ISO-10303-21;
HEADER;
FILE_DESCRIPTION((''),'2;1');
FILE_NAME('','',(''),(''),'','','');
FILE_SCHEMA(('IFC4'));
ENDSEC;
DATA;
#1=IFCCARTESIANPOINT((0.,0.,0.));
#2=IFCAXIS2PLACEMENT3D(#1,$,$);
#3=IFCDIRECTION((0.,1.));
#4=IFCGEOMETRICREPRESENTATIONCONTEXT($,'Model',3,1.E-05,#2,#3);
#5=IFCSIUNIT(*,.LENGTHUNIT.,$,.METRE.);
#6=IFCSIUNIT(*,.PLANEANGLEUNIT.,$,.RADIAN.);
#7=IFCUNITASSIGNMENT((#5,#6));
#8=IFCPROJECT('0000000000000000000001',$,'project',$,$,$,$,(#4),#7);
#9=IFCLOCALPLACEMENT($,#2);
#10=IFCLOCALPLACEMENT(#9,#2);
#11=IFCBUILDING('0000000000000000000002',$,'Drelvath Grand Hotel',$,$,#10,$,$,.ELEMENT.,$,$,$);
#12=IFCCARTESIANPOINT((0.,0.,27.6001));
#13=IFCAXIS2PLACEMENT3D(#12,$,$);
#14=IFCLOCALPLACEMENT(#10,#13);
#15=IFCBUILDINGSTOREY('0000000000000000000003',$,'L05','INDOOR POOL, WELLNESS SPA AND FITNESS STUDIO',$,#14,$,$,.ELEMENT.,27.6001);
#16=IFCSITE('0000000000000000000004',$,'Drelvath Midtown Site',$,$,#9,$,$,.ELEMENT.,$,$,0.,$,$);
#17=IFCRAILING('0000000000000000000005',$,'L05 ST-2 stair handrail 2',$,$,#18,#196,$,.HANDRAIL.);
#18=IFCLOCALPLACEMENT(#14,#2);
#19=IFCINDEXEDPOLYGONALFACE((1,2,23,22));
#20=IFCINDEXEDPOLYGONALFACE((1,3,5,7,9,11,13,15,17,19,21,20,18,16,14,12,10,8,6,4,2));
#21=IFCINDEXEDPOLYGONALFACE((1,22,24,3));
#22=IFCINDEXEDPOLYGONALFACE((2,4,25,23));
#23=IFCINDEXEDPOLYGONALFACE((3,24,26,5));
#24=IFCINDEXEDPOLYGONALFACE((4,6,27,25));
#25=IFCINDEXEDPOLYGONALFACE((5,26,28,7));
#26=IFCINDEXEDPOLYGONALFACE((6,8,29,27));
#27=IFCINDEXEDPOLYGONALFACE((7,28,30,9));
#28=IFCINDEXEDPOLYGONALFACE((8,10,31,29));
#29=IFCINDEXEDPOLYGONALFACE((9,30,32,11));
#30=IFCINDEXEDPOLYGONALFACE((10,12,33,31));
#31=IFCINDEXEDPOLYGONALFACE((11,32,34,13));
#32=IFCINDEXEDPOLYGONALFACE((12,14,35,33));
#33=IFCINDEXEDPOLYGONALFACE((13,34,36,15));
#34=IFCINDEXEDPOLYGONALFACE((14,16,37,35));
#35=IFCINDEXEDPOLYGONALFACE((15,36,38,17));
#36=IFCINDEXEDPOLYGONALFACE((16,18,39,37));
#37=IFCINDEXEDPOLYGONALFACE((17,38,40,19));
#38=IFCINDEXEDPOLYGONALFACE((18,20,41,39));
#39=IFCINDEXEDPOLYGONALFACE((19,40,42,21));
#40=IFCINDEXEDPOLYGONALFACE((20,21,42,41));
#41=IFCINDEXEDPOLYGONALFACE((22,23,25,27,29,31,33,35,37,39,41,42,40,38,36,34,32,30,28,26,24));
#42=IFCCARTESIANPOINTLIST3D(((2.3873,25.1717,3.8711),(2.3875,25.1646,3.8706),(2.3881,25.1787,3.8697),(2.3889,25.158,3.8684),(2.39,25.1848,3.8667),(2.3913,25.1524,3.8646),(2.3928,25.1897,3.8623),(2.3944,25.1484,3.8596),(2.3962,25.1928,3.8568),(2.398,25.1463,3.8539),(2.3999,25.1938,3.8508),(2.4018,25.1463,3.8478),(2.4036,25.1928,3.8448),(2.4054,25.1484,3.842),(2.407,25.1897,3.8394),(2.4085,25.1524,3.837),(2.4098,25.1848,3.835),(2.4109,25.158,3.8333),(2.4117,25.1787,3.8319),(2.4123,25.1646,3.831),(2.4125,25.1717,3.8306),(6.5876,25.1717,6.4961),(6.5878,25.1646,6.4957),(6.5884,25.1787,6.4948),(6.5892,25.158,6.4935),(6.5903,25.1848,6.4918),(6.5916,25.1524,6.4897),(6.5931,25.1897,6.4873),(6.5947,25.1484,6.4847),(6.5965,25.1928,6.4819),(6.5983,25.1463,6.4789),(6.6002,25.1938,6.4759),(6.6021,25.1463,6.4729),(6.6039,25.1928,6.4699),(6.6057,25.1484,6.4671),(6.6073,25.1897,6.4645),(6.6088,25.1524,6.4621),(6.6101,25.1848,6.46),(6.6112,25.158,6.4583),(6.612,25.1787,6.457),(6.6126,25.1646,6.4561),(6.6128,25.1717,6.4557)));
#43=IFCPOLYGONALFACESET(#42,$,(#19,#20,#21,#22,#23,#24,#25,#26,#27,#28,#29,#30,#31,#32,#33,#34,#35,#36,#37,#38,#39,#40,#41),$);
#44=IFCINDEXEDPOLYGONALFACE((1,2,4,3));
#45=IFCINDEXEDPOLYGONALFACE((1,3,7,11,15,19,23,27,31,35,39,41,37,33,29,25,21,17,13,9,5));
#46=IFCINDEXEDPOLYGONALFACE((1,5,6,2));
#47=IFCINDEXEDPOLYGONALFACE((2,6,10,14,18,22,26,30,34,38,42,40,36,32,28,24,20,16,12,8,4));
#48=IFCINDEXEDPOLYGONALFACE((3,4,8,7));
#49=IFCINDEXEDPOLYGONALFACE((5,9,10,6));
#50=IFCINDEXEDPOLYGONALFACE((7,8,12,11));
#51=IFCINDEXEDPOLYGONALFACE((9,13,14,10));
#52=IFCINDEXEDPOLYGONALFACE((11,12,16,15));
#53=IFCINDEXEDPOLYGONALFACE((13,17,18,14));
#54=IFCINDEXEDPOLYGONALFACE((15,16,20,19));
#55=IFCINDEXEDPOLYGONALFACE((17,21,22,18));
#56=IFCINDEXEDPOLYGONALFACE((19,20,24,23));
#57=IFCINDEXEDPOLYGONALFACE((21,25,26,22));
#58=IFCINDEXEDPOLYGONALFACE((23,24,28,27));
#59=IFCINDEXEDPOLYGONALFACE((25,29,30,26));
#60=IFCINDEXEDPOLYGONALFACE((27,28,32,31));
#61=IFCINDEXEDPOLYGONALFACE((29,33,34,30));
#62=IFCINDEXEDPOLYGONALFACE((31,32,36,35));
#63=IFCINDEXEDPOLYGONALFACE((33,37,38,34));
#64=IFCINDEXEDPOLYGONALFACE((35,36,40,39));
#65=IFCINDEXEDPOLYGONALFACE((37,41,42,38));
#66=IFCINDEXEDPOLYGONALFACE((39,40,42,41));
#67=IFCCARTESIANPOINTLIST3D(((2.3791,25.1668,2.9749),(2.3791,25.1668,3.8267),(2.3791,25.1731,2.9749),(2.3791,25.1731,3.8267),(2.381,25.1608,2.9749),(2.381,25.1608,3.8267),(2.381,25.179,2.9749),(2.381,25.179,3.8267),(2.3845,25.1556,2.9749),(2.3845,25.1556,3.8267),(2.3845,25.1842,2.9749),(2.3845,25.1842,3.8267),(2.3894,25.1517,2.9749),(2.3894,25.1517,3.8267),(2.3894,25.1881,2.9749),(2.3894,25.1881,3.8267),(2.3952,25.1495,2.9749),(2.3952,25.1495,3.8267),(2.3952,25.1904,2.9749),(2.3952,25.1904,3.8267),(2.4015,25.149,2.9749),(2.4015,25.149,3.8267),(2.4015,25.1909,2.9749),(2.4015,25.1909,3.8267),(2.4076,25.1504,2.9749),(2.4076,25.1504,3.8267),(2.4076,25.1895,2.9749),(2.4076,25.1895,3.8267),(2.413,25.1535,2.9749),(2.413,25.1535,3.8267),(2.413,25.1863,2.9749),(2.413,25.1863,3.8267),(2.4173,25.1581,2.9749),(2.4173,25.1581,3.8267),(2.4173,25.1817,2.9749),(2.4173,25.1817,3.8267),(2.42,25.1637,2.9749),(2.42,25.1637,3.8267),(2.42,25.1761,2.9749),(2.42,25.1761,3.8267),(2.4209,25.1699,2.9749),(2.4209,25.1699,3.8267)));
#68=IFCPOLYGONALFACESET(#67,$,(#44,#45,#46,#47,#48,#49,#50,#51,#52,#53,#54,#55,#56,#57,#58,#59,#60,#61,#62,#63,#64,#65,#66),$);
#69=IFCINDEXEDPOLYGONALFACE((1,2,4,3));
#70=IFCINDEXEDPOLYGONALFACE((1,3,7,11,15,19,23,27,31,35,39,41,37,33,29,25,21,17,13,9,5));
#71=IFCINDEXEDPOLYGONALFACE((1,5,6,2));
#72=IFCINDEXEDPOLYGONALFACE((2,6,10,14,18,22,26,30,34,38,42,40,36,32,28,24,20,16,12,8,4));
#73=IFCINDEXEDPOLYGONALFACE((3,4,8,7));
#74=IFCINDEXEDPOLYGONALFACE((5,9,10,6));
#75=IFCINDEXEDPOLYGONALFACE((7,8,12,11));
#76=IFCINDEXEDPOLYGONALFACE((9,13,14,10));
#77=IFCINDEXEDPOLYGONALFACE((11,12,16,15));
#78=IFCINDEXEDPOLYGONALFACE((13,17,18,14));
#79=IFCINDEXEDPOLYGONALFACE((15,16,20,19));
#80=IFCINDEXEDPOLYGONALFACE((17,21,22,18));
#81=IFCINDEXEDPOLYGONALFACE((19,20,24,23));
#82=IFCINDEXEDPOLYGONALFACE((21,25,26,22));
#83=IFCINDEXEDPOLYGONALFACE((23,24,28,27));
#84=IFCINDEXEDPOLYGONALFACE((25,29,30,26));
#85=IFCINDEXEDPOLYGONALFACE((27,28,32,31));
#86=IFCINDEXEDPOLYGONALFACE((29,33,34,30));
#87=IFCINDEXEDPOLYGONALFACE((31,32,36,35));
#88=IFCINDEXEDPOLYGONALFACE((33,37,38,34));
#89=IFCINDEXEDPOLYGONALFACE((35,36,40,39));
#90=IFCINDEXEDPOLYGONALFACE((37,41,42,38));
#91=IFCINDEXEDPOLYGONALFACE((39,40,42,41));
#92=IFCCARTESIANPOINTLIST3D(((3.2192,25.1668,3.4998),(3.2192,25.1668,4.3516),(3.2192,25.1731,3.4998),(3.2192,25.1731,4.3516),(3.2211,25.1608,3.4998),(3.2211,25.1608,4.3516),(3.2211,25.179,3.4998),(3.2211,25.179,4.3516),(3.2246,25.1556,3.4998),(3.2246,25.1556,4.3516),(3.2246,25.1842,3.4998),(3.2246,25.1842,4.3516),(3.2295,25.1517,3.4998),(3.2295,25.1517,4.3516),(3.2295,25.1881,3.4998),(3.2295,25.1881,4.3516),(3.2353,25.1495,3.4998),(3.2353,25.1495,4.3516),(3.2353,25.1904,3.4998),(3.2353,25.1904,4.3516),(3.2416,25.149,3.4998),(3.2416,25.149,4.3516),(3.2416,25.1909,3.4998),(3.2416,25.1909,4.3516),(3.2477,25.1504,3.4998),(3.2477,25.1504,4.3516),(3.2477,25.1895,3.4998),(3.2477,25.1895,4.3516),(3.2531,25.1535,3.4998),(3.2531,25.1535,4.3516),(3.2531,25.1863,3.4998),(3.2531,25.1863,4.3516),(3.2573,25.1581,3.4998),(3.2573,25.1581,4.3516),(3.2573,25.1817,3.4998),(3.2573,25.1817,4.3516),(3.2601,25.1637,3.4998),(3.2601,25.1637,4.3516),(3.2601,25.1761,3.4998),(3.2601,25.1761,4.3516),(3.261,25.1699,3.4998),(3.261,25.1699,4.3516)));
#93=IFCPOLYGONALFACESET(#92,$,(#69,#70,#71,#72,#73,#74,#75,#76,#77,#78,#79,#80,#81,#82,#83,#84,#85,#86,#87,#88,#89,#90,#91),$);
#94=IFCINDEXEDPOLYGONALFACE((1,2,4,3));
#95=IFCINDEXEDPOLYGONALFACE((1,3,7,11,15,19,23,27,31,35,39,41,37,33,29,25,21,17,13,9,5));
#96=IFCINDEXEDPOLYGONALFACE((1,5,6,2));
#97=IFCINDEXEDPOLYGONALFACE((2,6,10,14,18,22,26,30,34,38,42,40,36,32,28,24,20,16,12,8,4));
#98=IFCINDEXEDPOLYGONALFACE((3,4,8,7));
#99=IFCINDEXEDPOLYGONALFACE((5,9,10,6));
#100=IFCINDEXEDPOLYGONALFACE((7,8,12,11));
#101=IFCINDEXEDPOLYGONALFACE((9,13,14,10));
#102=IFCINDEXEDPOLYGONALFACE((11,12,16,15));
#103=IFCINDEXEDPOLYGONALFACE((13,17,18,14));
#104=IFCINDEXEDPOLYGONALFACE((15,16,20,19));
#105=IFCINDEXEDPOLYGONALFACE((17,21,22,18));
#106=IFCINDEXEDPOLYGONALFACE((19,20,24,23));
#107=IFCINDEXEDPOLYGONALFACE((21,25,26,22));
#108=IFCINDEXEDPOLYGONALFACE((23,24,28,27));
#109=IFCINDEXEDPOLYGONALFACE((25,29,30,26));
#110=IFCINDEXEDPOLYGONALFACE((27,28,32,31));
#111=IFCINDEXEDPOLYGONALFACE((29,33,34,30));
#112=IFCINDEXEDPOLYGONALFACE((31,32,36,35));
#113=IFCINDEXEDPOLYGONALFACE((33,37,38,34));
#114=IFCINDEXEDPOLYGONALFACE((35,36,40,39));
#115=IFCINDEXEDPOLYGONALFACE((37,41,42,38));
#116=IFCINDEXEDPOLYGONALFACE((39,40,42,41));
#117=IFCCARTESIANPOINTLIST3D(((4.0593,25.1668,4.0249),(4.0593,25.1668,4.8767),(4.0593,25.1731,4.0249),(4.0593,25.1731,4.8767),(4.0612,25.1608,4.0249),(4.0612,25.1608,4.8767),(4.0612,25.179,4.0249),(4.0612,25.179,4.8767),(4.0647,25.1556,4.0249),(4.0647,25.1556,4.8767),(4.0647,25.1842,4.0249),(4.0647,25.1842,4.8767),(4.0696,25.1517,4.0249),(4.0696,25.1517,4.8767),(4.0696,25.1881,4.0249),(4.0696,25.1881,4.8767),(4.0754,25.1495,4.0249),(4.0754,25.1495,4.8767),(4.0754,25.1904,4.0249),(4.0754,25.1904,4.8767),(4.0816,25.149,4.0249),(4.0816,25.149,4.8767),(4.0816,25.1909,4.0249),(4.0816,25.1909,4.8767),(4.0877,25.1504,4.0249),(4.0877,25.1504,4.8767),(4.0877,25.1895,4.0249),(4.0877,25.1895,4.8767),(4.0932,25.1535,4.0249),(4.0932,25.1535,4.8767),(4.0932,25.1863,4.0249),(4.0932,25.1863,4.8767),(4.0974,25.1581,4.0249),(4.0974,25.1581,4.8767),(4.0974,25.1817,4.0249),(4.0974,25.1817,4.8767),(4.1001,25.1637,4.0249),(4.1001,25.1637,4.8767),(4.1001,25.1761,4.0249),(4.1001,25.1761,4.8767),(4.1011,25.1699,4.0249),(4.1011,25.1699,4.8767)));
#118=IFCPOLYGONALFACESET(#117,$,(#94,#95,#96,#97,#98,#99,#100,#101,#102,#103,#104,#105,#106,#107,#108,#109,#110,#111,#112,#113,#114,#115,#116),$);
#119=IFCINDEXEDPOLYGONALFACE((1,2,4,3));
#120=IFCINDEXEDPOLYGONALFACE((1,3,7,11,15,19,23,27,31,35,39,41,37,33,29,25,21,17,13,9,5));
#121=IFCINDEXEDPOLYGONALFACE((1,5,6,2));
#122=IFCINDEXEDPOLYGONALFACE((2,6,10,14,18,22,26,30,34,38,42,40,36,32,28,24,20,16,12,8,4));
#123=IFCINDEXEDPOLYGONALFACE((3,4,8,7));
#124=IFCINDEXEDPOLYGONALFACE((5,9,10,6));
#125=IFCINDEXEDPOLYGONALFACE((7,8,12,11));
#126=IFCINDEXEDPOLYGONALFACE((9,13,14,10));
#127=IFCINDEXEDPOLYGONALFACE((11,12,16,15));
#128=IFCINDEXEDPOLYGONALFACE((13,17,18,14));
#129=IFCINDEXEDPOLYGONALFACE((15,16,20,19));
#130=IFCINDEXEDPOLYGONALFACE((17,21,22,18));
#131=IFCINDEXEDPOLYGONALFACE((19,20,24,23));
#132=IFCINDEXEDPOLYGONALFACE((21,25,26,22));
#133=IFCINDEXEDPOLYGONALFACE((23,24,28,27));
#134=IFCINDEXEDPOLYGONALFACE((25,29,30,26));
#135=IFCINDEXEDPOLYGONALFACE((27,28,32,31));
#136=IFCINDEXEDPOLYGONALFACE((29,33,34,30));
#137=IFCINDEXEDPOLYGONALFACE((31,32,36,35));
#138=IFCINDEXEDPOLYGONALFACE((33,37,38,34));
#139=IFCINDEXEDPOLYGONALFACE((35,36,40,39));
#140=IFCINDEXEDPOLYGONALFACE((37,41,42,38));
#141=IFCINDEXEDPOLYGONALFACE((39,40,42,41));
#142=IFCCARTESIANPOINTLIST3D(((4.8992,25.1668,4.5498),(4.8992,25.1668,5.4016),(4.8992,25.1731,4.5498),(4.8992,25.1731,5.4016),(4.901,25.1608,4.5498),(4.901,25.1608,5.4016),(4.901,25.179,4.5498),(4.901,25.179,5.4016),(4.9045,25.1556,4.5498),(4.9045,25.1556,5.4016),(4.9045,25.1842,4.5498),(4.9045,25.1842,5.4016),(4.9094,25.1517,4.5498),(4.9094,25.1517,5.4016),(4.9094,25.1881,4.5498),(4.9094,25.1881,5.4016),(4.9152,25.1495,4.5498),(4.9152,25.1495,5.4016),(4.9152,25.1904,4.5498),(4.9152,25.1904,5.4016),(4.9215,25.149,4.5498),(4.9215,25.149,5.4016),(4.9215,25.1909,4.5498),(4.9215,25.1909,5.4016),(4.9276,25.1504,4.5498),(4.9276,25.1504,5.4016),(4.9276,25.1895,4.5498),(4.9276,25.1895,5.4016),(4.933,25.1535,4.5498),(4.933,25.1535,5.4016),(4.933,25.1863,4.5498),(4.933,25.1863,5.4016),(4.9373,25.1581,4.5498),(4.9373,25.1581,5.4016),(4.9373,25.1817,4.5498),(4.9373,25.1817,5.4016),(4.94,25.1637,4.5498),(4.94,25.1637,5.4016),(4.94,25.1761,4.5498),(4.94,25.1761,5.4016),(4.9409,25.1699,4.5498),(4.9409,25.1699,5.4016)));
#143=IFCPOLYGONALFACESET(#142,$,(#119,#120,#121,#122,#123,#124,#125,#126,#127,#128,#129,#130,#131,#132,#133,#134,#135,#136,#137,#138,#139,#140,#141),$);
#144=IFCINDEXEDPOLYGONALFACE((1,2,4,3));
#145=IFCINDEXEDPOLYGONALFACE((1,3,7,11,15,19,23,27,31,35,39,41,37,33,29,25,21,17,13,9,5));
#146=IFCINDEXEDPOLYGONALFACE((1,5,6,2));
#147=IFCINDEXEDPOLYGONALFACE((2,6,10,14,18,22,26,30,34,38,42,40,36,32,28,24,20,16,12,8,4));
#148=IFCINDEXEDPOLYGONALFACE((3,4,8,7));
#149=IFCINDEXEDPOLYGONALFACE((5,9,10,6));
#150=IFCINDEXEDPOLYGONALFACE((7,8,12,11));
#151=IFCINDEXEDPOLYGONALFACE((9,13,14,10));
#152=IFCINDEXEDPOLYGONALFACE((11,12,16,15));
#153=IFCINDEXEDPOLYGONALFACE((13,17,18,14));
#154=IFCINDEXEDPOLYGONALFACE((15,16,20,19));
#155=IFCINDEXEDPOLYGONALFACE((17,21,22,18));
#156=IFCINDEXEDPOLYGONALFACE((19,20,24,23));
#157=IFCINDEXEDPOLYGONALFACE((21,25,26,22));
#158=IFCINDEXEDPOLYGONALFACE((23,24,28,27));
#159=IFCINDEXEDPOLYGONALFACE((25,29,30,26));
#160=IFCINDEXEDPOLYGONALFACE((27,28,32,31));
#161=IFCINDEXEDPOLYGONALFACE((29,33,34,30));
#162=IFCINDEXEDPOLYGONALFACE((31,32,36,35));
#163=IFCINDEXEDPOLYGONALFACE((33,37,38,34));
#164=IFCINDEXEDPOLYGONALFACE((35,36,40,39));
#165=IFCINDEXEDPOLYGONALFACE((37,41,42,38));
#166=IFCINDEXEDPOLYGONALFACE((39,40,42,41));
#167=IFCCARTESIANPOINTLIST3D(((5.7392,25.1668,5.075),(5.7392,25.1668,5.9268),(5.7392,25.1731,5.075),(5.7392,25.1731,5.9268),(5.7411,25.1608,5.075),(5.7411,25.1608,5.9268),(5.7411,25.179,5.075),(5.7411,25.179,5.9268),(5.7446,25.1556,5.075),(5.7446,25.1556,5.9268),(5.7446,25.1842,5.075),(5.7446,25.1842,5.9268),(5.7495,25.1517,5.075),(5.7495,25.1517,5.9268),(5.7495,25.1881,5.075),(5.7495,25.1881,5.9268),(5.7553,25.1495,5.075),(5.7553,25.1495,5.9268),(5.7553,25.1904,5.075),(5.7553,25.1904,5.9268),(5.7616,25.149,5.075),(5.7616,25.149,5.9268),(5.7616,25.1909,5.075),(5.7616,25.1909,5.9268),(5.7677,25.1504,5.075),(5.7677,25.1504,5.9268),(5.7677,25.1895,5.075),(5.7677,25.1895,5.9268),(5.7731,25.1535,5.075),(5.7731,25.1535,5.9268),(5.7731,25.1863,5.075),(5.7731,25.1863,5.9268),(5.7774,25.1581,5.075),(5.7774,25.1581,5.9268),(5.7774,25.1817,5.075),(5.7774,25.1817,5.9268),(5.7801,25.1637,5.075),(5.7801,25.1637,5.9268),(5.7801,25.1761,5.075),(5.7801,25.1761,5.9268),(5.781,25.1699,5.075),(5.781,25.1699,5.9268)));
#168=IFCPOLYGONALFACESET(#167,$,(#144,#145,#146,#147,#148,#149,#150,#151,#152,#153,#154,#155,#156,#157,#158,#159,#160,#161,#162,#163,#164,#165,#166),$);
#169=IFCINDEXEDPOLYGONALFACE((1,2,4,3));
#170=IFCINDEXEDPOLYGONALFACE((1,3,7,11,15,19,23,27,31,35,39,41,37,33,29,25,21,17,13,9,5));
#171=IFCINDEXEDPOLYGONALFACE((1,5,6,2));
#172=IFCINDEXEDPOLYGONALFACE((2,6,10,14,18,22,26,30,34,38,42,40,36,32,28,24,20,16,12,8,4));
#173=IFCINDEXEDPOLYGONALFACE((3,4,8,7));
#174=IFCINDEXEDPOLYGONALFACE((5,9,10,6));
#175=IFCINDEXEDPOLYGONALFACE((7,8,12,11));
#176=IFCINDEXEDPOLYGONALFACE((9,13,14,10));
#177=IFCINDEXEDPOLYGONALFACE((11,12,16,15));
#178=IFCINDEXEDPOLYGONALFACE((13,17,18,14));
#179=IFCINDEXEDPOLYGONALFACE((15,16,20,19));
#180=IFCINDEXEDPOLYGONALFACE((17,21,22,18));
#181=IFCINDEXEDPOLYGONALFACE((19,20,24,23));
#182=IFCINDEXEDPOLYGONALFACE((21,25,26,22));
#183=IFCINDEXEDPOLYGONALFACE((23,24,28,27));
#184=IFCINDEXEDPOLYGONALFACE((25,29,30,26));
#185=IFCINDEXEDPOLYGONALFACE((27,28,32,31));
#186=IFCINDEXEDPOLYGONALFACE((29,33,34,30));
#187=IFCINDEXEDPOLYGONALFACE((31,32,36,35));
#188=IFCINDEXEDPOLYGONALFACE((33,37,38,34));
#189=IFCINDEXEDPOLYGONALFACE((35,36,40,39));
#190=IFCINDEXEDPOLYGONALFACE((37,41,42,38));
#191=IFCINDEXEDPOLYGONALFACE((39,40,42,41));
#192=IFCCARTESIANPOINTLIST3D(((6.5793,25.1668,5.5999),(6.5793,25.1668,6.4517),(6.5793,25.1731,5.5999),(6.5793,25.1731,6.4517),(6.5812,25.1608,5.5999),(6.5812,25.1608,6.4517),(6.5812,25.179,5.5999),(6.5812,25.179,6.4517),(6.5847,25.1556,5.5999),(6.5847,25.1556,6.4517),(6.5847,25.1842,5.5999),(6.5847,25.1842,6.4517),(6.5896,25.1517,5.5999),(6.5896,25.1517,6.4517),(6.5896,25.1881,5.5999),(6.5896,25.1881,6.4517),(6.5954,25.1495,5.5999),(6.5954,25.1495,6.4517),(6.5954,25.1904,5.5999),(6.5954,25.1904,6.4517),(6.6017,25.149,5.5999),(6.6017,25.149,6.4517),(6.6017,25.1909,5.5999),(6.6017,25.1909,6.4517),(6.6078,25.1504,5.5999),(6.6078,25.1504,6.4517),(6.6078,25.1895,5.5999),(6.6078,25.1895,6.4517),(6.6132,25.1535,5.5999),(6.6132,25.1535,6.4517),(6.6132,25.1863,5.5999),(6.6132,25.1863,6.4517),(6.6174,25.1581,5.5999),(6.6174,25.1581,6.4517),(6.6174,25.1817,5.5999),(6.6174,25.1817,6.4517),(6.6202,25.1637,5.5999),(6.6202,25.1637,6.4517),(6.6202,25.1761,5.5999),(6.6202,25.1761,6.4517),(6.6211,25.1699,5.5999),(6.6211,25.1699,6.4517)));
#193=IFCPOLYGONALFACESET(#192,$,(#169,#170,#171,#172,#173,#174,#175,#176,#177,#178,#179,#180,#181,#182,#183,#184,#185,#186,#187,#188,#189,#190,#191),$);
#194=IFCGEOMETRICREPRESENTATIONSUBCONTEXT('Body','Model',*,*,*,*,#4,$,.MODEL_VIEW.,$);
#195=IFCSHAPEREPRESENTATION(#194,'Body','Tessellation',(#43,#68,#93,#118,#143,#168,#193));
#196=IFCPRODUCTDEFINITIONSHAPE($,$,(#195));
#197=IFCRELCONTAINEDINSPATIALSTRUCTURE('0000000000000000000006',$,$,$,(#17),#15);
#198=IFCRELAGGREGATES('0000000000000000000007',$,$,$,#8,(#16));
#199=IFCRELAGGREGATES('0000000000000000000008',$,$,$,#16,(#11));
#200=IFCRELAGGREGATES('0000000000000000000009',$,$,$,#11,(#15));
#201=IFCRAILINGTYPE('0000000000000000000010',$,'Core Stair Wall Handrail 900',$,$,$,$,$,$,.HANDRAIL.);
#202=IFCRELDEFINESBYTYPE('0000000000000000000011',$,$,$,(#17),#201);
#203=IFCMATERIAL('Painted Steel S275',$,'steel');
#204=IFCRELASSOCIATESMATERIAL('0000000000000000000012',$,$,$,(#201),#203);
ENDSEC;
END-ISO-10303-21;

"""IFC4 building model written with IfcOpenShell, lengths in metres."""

from ifc_helpers import new_model, si_unit, direction, frame, origin, origin_2d, place, context, subcontext, project, spatial, circle, extrude, material, type_object, element, save


model = new_model("IFC4")

# Units and contexts
model_context = context("Model", 3, precision=1e-05, world=origin(), true_north=direction((0.0, 1.0)))
body_context = subcontext(model_context, "Body", "Model", "MODEL_VIEW")
ifc_project = project(units=[si_unit("LENGTHUNIT", "METRE"), si_unit("PLANEANGLEUNIT", "RADIAN")], contexts=[model_context])

# Site, building, storey
site_placement = place(None, origin())
site = spatial("IfcSite", under=ifc_project, at=site_placement, Name="Drelvath Midtown Site", CompositionType="ELEMENT", RefElevation=0.0)
building_placement = place(site_placement, origin())
building = spatial("IfcBuilding", under=site, at=building_placement, Name="Drelvath Grand Hotel", CompositionType="ELEMENT")
storey_placement = place(building_placement, frame((0.0, 0.0, 27.6001)))
storey = spatial("IfcBuildingStorey", under=building, at=storey_placement, Name="L05", Description="INDOOR POOL, WELLNESS SPA AND FITNESS STUDIO", CompositionType="ELEMENT", Elevation=27.6001)

# Shared definitions
ifc_material_1 = material(Name="Painted Steel S275", Category="steel")

# Railing
railing_type_1 = type_object("IfcRailingType", Name="Core Stair Wall Handrail 900", PredefinedType="HANDRAIL", material=ifc_material_1)
railing_1_placement = place(storey_placement, frame((2.3999, 25.1699, 2.9749)))
element("IfcRailing", 1, at=railing_1_placement, inside=storey, type_object=railing_type_1, Name="L05 ST-2 stair handrail 2", PredefinedType="HANDRAIL", context=body_context, shape_type="SweptSolid", body=[
    extrude(circle(Radius=0.0239, at=origin_2d()), frame((0.0, 0.0, 0.876), z_axis=(0.848009, 0.0, 0.529981), x_axis=(0.0, 1.0, 0.0)), (0.0, 0.0, 1.0), 4.9531),
    extrude(circle(Radius=0.021, at=origin_2d()), origin(), (0.0, 0.0, 1.0), 0.8518),
    extrude(circle(Radius=0.021, at=origin_2d()), frame((0.8401, 0.0, 0.5249)), (0.0, 0.0, 1.0), 0.8518),
    extrude(circle(Radius=0.021, at=origin_2d()), frame((1.6802, 0.0, 1.05)), (0.0, 0.0, 1.0), 0.8518),
    extrude(circle(Radius=0.021, at=origin_2d()), frame((2.52, 0.0, 1.575)), (0.0, 0.0, 1.0), 0.8518),
    extrude(circle(Radius=0.021, at=origin_2d()), frame((3.3601, 0.0, 2.1001)), (0.0, 0.0, 1.0), 0.8518),
    extrude(circle(Radius=0.021, at=origin_2d()), frame((4.2002, 0.0, 2.625)), (0.0, 0.0, 1.0), 0.8518),
])

save(model, "model.ifc")
